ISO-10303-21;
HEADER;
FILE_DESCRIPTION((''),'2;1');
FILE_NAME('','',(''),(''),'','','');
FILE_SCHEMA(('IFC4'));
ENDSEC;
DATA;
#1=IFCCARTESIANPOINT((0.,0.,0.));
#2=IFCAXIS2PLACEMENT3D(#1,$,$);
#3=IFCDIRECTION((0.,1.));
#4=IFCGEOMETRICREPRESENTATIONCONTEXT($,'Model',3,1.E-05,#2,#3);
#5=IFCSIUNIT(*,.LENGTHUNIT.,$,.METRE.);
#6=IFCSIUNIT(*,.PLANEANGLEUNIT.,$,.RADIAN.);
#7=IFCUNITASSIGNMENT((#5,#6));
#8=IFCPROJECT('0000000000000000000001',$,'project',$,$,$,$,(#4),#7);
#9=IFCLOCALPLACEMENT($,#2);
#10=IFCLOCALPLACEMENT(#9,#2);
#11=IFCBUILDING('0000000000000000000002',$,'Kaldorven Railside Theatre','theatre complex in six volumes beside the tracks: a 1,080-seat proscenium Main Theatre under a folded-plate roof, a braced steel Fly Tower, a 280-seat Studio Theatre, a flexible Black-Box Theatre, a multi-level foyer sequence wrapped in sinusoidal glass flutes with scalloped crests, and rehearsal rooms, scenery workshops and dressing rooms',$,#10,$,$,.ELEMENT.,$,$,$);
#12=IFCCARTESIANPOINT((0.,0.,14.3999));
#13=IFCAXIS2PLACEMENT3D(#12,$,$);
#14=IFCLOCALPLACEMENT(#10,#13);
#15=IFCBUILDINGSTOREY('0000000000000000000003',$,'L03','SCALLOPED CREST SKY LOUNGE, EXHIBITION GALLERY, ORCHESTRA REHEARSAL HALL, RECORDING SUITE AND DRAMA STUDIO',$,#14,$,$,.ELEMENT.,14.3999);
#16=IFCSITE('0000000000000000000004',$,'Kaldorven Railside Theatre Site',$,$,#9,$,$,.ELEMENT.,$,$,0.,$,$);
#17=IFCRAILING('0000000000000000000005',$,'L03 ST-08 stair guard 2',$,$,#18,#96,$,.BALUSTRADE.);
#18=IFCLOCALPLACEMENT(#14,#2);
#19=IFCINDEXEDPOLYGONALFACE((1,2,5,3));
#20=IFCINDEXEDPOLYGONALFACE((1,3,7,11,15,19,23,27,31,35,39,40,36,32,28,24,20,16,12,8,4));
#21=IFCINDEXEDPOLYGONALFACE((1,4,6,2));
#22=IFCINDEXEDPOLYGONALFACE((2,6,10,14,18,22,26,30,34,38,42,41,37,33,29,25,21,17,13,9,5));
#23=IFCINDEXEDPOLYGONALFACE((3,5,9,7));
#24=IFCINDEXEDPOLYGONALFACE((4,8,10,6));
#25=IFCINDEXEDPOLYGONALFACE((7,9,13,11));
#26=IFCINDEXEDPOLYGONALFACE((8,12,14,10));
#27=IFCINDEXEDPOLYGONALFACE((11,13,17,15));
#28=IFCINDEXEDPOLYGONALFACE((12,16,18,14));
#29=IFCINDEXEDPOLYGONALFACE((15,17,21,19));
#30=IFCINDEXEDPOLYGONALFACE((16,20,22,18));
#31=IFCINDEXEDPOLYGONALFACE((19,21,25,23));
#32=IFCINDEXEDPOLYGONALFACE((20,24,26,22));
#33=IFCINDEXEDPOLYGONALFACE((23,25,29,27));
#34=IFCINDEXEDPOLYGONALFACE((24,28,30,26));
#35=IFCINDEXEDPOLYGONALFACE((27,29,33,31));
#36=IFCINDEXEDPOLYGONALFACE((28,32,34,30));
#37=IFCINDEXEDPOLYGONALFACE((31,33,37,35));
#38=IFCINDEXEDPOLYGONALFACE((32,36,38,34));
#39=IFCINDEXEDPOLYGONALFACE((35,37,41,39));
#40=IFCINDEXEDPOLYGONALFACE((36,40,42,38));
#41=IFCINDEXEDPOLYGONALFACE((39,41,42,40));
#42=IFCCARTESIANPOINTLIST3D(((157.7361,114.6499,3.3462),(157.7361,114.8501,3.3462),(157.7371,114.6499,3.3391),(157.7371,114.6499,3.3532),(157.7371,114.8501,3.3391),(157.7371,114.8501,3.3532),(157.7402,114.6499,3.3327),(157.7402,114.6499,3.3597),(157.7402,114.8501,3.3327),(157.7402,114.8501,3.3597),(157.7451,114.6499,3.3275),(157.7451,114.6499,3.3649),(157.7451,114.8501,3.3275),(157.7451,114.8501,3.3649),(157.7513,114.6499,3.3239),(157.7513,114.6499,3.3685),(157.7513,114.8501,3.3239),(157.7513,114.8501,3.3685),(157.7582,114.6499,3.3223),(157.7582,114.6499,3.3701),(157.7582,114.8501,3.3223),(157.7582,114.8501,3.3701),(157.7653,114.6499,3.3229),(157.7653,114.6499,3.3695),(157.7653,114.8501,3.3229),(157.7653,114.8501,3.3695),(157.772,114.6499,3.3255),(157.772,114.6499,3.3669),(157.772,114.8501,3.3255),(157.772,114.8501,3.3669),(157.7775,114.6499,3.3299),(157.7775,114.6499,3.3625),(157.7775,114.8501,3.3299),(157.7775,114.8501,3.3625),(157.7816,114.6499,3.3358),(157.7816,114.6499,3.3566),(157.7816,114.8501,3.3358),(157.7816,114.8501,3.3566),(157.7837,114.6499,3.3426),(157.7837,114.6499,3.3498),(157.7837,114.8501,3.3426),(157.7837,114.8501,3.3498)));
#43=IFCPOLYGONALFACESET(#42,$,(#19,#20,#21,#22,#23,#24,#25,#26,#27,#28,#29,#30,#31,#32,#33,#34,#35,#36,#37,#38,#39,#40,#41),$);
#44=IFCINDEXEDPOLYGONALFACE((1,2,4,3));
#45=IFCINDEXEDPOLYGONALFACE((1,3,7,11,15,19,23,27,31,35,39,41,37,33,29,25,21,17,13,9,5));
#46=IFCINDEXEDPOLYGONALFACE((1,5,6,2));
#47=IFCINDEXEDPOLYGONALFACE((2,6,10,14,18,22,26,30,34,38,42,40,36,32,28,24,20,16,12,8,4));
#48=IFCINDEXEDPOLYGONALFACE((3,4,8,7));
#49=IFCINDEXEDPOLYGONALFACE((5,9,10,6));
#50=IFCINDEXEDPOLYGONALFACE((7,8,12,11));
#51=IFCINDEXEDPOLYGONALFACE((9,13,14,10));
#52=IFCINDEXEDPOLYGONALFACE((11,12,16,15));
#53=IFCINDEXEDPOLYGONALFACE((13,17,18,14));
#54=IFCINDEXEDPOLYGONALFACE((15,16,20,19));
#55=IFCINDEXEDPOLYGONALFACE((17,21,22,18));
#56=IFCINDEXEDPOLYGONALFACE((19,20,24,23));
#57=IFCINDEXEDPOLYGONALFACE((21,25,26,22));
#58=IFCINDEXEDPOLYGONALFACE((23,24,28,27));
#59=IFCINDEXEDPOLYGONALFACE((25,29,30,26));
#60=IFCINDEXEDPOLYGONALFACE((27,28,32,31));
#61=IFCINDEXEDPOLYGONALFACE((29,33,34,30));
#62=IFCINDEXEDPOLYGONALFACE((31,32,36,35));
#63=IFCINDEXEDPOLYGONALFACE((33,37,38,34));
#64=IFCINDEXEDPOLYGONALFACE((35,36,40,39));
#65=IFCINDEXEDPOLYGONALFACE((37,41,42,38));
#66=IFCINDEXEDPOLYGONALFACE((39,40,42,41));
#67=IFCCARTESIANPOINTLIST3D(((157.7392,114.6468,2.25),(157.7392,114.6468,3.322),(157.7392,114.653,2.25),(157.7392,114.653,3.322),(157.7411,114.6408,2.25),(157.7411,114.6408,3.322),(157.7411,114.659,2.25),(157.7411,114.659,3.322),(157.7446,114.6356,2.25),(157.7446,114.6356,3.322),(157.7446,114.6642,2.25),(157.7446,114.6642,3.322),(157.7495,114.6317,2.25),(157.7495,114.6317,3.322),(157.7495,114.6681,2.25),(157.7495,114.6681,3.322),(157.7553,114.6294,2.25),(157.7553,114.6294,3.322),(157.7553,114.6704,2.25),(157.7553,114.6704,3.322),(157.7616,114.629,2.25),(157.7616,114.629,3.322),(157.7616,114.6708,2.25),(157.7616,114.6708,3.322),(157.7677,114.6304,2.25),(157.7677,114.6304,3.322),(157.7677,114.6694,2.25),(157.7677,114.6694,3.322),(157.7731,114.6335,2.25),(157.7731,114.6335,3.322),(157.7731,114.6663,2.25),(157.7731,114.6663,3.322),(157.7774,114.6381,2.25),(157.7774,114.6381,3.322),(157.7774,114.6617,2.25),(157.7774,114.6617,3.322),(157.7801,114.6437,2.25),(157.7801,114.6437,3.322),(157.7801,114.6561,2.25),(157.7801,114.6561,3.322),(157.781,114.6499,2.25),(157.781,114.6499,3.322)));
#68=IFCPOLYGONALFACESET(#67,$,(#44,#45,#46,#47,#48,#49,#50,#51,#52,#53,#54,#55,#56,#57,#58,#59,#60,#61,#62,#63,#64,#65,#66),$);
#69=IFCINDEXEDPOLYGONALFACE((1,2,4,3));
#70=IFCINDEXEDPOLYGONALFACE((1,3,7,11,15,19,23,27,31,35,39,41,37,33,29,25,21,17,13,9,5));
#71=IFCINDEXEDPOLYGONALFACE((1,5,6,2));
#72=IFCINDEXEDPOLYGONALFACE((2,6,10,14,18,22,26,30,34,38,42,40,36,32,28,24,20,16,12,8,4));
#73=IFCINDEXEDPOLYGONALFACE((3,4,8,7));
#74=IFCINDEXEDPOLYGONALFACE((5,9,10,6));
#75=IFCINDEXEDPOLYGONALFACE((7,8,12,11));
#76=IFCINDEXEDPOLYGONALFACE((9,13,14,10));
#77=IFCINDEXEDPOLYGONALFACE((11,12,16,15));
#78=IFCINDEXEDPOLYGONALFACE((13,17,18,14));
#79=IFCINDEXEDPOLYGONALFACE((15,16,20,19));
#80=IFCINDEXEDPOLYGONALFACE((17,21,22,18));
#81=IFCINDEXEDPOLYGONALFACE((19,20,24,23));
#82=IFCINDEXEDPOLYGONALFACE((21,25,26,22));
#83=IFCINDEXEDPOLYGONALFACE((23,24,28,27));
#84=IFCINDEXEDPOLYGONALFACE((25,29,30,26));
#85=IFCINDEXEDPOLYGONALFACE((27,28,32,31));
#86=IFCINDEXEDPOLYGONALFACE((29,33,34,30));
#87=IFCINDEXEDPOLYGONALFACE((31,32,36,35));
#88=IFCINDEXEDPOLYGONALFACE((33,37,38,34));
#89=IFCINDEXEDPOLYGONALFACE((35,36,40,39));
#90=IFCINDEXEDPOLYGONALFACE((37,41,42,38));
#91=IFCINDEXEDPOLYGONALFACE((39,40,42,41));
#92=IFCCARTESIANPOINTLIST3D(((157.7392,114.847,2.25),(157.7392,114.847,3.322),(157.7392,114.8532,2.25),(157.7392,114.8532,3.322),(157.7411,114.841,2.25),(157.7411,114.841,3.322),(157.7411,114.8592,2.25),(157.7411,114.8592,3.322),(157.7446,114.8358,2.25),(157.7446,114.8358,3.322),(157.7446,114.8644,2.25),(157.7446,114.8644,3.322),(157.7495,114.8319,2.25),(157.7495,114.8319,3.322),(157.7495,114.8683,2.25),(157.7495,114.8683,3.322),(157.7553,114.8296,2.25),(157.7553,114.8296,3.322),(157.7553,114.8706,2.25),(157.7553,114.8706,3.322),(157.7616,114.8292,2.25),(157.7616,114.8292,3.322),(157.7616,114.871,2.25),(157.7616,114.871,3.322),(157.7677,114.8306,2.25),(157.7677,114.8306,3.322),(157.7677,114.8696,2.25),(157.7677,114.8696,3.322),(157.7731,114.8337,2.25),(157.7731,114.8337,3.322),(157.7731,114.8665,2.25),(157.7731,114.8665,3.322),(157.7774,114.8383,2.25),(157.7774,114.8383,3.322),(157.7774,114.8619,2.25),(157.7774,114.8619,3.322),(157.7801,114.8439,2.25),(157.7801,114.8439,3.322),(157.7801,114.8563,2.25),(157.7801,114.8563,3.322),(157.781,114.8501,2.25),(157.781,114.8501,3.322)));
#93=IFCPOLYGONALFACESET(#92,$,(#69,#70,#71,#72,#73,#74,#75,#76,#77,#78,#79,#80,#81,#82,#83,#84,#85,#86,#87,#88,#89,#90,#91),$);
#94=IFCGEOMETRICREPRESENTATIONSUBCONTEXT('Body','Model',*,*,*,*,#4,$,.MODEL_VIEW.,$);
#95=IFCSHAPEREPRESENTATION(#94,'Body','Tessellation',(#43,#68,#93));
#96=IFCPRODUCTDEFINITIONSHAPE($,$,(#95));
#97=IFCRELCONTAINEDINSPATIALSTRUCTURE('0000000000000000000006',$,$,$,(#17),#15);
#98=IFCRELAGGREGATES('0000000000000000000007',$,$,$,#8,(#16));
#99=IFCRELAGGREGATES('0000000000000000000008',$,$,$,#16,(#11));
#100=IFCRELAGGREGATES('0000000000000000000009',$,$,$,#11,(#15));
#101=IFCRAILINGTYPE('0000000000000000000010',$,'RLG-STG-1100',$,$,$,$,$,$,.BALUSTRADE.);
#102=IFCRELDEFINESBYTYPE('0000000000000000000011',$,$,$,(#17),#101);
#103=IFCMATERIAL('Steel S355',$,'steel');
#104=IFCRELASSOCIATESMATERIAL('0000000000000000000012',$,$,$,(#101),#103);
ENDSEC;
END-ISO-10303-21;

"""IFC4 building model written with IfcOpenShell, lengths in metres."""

from ifc_helpers import new_model, si_unit, direction, frame, origin, origin_2d, place, context, subcontext, project, spatial, circle, extrude, material, type_object, element, save


model = new_model("IFC4")

# Units and contexts
model_context = context("Model", 3, precision=1e-05, world=origin(), true_north=direction((0.0, 1.0)))
body_context = subcontext(model_context, "Body", "Model", "MODEL_VIEW")
ifc_project = project(units=[si_unit("LENGTHUNIT", "METRE"), si_unit("PLANEANGLEUNIT", "RADIAN")], contexts=[model_context])

# Site, building, storey
site_placement = place(None, origin())
site = spatial("IfcSite", under=ifc_project, at=site_placement, Name="Kaldorven Railside Theatre Site", CompositionType="ELEMENT", RefElevation=0.0)
building_placement = place(site_placement, origin())
building = spatial("IfcBuilding", under=site, at=building_placement, Name="Kaldorven Railside Theatre", Description="theatre complex in six volumes beside the tracks: a 1,080-seat proscenium Main Theatre under a folded-plate roof, a braced steel Fly Tower, a 280-seat Studio Theatre, a flexible Black-Box Theatre, a multi-level foyer sequence wrapped in sinusoidal glass flutes with scalloped crests, and rehearsal rooms, scenery workshops and dressing rooms", CompositionType="ELEMENT")
storey_placement = place(building_placement, frame((0.0, 0.0, 14.3999)))
storey = spatial("IfcBuildingStorey", under=building, at=storey_placement, Name="L03", Description="SCALLOPED CREST SKY LOUNGE, EXHIBITION GALLERY, ORCHESTRA REHEARSAL HALL, RECORDING SUITE AND DRAMA STUDIO", CompositionType="ELEMENT", Elevation=14.3999)

# Shared definitions
ifc_material_1 = material(Name="Steel S355", Category="steel")

# Railing
railing_type_1 = type_object("IfcRailingType", Name="RLG-STG-1100", PredefinedType="BALUSTRADE", material=ifc_material_1)
railing_1_placement = place(storey_placement, frame((157.76, 114.6499, 2.25)))
element("IfcRailing", 1, at=railing_1_placement, inside=storey, type_object=railing_type_1, Name="L03 ST-08 stair guard 2", PredefinedType="BALUSTRADE", context=body_context, shape_type="SweptSolid", body=[
    extrude(circle(Radius=0.0239, at=origin_2d()), frame((0.0, 0.0, 1.0962), z_axis=(0.0, 1.0, 0.0), x_axis=(-1.0, 0.0, 0.0)), (0.0, 0.0, 1.0), 0.2002),
    extrude(circle(Radius=0.021, at=origin_2d()), origin(), (0.0, 0.0, 1.0), 1.072),
    extrude(circle(Radius=0.021, at=origin_2d()), frame((0.0, 0.2002, 0.0)), (0.0, 0.0, 1.0), 1.072),
])

save(model, "model.ifc")
